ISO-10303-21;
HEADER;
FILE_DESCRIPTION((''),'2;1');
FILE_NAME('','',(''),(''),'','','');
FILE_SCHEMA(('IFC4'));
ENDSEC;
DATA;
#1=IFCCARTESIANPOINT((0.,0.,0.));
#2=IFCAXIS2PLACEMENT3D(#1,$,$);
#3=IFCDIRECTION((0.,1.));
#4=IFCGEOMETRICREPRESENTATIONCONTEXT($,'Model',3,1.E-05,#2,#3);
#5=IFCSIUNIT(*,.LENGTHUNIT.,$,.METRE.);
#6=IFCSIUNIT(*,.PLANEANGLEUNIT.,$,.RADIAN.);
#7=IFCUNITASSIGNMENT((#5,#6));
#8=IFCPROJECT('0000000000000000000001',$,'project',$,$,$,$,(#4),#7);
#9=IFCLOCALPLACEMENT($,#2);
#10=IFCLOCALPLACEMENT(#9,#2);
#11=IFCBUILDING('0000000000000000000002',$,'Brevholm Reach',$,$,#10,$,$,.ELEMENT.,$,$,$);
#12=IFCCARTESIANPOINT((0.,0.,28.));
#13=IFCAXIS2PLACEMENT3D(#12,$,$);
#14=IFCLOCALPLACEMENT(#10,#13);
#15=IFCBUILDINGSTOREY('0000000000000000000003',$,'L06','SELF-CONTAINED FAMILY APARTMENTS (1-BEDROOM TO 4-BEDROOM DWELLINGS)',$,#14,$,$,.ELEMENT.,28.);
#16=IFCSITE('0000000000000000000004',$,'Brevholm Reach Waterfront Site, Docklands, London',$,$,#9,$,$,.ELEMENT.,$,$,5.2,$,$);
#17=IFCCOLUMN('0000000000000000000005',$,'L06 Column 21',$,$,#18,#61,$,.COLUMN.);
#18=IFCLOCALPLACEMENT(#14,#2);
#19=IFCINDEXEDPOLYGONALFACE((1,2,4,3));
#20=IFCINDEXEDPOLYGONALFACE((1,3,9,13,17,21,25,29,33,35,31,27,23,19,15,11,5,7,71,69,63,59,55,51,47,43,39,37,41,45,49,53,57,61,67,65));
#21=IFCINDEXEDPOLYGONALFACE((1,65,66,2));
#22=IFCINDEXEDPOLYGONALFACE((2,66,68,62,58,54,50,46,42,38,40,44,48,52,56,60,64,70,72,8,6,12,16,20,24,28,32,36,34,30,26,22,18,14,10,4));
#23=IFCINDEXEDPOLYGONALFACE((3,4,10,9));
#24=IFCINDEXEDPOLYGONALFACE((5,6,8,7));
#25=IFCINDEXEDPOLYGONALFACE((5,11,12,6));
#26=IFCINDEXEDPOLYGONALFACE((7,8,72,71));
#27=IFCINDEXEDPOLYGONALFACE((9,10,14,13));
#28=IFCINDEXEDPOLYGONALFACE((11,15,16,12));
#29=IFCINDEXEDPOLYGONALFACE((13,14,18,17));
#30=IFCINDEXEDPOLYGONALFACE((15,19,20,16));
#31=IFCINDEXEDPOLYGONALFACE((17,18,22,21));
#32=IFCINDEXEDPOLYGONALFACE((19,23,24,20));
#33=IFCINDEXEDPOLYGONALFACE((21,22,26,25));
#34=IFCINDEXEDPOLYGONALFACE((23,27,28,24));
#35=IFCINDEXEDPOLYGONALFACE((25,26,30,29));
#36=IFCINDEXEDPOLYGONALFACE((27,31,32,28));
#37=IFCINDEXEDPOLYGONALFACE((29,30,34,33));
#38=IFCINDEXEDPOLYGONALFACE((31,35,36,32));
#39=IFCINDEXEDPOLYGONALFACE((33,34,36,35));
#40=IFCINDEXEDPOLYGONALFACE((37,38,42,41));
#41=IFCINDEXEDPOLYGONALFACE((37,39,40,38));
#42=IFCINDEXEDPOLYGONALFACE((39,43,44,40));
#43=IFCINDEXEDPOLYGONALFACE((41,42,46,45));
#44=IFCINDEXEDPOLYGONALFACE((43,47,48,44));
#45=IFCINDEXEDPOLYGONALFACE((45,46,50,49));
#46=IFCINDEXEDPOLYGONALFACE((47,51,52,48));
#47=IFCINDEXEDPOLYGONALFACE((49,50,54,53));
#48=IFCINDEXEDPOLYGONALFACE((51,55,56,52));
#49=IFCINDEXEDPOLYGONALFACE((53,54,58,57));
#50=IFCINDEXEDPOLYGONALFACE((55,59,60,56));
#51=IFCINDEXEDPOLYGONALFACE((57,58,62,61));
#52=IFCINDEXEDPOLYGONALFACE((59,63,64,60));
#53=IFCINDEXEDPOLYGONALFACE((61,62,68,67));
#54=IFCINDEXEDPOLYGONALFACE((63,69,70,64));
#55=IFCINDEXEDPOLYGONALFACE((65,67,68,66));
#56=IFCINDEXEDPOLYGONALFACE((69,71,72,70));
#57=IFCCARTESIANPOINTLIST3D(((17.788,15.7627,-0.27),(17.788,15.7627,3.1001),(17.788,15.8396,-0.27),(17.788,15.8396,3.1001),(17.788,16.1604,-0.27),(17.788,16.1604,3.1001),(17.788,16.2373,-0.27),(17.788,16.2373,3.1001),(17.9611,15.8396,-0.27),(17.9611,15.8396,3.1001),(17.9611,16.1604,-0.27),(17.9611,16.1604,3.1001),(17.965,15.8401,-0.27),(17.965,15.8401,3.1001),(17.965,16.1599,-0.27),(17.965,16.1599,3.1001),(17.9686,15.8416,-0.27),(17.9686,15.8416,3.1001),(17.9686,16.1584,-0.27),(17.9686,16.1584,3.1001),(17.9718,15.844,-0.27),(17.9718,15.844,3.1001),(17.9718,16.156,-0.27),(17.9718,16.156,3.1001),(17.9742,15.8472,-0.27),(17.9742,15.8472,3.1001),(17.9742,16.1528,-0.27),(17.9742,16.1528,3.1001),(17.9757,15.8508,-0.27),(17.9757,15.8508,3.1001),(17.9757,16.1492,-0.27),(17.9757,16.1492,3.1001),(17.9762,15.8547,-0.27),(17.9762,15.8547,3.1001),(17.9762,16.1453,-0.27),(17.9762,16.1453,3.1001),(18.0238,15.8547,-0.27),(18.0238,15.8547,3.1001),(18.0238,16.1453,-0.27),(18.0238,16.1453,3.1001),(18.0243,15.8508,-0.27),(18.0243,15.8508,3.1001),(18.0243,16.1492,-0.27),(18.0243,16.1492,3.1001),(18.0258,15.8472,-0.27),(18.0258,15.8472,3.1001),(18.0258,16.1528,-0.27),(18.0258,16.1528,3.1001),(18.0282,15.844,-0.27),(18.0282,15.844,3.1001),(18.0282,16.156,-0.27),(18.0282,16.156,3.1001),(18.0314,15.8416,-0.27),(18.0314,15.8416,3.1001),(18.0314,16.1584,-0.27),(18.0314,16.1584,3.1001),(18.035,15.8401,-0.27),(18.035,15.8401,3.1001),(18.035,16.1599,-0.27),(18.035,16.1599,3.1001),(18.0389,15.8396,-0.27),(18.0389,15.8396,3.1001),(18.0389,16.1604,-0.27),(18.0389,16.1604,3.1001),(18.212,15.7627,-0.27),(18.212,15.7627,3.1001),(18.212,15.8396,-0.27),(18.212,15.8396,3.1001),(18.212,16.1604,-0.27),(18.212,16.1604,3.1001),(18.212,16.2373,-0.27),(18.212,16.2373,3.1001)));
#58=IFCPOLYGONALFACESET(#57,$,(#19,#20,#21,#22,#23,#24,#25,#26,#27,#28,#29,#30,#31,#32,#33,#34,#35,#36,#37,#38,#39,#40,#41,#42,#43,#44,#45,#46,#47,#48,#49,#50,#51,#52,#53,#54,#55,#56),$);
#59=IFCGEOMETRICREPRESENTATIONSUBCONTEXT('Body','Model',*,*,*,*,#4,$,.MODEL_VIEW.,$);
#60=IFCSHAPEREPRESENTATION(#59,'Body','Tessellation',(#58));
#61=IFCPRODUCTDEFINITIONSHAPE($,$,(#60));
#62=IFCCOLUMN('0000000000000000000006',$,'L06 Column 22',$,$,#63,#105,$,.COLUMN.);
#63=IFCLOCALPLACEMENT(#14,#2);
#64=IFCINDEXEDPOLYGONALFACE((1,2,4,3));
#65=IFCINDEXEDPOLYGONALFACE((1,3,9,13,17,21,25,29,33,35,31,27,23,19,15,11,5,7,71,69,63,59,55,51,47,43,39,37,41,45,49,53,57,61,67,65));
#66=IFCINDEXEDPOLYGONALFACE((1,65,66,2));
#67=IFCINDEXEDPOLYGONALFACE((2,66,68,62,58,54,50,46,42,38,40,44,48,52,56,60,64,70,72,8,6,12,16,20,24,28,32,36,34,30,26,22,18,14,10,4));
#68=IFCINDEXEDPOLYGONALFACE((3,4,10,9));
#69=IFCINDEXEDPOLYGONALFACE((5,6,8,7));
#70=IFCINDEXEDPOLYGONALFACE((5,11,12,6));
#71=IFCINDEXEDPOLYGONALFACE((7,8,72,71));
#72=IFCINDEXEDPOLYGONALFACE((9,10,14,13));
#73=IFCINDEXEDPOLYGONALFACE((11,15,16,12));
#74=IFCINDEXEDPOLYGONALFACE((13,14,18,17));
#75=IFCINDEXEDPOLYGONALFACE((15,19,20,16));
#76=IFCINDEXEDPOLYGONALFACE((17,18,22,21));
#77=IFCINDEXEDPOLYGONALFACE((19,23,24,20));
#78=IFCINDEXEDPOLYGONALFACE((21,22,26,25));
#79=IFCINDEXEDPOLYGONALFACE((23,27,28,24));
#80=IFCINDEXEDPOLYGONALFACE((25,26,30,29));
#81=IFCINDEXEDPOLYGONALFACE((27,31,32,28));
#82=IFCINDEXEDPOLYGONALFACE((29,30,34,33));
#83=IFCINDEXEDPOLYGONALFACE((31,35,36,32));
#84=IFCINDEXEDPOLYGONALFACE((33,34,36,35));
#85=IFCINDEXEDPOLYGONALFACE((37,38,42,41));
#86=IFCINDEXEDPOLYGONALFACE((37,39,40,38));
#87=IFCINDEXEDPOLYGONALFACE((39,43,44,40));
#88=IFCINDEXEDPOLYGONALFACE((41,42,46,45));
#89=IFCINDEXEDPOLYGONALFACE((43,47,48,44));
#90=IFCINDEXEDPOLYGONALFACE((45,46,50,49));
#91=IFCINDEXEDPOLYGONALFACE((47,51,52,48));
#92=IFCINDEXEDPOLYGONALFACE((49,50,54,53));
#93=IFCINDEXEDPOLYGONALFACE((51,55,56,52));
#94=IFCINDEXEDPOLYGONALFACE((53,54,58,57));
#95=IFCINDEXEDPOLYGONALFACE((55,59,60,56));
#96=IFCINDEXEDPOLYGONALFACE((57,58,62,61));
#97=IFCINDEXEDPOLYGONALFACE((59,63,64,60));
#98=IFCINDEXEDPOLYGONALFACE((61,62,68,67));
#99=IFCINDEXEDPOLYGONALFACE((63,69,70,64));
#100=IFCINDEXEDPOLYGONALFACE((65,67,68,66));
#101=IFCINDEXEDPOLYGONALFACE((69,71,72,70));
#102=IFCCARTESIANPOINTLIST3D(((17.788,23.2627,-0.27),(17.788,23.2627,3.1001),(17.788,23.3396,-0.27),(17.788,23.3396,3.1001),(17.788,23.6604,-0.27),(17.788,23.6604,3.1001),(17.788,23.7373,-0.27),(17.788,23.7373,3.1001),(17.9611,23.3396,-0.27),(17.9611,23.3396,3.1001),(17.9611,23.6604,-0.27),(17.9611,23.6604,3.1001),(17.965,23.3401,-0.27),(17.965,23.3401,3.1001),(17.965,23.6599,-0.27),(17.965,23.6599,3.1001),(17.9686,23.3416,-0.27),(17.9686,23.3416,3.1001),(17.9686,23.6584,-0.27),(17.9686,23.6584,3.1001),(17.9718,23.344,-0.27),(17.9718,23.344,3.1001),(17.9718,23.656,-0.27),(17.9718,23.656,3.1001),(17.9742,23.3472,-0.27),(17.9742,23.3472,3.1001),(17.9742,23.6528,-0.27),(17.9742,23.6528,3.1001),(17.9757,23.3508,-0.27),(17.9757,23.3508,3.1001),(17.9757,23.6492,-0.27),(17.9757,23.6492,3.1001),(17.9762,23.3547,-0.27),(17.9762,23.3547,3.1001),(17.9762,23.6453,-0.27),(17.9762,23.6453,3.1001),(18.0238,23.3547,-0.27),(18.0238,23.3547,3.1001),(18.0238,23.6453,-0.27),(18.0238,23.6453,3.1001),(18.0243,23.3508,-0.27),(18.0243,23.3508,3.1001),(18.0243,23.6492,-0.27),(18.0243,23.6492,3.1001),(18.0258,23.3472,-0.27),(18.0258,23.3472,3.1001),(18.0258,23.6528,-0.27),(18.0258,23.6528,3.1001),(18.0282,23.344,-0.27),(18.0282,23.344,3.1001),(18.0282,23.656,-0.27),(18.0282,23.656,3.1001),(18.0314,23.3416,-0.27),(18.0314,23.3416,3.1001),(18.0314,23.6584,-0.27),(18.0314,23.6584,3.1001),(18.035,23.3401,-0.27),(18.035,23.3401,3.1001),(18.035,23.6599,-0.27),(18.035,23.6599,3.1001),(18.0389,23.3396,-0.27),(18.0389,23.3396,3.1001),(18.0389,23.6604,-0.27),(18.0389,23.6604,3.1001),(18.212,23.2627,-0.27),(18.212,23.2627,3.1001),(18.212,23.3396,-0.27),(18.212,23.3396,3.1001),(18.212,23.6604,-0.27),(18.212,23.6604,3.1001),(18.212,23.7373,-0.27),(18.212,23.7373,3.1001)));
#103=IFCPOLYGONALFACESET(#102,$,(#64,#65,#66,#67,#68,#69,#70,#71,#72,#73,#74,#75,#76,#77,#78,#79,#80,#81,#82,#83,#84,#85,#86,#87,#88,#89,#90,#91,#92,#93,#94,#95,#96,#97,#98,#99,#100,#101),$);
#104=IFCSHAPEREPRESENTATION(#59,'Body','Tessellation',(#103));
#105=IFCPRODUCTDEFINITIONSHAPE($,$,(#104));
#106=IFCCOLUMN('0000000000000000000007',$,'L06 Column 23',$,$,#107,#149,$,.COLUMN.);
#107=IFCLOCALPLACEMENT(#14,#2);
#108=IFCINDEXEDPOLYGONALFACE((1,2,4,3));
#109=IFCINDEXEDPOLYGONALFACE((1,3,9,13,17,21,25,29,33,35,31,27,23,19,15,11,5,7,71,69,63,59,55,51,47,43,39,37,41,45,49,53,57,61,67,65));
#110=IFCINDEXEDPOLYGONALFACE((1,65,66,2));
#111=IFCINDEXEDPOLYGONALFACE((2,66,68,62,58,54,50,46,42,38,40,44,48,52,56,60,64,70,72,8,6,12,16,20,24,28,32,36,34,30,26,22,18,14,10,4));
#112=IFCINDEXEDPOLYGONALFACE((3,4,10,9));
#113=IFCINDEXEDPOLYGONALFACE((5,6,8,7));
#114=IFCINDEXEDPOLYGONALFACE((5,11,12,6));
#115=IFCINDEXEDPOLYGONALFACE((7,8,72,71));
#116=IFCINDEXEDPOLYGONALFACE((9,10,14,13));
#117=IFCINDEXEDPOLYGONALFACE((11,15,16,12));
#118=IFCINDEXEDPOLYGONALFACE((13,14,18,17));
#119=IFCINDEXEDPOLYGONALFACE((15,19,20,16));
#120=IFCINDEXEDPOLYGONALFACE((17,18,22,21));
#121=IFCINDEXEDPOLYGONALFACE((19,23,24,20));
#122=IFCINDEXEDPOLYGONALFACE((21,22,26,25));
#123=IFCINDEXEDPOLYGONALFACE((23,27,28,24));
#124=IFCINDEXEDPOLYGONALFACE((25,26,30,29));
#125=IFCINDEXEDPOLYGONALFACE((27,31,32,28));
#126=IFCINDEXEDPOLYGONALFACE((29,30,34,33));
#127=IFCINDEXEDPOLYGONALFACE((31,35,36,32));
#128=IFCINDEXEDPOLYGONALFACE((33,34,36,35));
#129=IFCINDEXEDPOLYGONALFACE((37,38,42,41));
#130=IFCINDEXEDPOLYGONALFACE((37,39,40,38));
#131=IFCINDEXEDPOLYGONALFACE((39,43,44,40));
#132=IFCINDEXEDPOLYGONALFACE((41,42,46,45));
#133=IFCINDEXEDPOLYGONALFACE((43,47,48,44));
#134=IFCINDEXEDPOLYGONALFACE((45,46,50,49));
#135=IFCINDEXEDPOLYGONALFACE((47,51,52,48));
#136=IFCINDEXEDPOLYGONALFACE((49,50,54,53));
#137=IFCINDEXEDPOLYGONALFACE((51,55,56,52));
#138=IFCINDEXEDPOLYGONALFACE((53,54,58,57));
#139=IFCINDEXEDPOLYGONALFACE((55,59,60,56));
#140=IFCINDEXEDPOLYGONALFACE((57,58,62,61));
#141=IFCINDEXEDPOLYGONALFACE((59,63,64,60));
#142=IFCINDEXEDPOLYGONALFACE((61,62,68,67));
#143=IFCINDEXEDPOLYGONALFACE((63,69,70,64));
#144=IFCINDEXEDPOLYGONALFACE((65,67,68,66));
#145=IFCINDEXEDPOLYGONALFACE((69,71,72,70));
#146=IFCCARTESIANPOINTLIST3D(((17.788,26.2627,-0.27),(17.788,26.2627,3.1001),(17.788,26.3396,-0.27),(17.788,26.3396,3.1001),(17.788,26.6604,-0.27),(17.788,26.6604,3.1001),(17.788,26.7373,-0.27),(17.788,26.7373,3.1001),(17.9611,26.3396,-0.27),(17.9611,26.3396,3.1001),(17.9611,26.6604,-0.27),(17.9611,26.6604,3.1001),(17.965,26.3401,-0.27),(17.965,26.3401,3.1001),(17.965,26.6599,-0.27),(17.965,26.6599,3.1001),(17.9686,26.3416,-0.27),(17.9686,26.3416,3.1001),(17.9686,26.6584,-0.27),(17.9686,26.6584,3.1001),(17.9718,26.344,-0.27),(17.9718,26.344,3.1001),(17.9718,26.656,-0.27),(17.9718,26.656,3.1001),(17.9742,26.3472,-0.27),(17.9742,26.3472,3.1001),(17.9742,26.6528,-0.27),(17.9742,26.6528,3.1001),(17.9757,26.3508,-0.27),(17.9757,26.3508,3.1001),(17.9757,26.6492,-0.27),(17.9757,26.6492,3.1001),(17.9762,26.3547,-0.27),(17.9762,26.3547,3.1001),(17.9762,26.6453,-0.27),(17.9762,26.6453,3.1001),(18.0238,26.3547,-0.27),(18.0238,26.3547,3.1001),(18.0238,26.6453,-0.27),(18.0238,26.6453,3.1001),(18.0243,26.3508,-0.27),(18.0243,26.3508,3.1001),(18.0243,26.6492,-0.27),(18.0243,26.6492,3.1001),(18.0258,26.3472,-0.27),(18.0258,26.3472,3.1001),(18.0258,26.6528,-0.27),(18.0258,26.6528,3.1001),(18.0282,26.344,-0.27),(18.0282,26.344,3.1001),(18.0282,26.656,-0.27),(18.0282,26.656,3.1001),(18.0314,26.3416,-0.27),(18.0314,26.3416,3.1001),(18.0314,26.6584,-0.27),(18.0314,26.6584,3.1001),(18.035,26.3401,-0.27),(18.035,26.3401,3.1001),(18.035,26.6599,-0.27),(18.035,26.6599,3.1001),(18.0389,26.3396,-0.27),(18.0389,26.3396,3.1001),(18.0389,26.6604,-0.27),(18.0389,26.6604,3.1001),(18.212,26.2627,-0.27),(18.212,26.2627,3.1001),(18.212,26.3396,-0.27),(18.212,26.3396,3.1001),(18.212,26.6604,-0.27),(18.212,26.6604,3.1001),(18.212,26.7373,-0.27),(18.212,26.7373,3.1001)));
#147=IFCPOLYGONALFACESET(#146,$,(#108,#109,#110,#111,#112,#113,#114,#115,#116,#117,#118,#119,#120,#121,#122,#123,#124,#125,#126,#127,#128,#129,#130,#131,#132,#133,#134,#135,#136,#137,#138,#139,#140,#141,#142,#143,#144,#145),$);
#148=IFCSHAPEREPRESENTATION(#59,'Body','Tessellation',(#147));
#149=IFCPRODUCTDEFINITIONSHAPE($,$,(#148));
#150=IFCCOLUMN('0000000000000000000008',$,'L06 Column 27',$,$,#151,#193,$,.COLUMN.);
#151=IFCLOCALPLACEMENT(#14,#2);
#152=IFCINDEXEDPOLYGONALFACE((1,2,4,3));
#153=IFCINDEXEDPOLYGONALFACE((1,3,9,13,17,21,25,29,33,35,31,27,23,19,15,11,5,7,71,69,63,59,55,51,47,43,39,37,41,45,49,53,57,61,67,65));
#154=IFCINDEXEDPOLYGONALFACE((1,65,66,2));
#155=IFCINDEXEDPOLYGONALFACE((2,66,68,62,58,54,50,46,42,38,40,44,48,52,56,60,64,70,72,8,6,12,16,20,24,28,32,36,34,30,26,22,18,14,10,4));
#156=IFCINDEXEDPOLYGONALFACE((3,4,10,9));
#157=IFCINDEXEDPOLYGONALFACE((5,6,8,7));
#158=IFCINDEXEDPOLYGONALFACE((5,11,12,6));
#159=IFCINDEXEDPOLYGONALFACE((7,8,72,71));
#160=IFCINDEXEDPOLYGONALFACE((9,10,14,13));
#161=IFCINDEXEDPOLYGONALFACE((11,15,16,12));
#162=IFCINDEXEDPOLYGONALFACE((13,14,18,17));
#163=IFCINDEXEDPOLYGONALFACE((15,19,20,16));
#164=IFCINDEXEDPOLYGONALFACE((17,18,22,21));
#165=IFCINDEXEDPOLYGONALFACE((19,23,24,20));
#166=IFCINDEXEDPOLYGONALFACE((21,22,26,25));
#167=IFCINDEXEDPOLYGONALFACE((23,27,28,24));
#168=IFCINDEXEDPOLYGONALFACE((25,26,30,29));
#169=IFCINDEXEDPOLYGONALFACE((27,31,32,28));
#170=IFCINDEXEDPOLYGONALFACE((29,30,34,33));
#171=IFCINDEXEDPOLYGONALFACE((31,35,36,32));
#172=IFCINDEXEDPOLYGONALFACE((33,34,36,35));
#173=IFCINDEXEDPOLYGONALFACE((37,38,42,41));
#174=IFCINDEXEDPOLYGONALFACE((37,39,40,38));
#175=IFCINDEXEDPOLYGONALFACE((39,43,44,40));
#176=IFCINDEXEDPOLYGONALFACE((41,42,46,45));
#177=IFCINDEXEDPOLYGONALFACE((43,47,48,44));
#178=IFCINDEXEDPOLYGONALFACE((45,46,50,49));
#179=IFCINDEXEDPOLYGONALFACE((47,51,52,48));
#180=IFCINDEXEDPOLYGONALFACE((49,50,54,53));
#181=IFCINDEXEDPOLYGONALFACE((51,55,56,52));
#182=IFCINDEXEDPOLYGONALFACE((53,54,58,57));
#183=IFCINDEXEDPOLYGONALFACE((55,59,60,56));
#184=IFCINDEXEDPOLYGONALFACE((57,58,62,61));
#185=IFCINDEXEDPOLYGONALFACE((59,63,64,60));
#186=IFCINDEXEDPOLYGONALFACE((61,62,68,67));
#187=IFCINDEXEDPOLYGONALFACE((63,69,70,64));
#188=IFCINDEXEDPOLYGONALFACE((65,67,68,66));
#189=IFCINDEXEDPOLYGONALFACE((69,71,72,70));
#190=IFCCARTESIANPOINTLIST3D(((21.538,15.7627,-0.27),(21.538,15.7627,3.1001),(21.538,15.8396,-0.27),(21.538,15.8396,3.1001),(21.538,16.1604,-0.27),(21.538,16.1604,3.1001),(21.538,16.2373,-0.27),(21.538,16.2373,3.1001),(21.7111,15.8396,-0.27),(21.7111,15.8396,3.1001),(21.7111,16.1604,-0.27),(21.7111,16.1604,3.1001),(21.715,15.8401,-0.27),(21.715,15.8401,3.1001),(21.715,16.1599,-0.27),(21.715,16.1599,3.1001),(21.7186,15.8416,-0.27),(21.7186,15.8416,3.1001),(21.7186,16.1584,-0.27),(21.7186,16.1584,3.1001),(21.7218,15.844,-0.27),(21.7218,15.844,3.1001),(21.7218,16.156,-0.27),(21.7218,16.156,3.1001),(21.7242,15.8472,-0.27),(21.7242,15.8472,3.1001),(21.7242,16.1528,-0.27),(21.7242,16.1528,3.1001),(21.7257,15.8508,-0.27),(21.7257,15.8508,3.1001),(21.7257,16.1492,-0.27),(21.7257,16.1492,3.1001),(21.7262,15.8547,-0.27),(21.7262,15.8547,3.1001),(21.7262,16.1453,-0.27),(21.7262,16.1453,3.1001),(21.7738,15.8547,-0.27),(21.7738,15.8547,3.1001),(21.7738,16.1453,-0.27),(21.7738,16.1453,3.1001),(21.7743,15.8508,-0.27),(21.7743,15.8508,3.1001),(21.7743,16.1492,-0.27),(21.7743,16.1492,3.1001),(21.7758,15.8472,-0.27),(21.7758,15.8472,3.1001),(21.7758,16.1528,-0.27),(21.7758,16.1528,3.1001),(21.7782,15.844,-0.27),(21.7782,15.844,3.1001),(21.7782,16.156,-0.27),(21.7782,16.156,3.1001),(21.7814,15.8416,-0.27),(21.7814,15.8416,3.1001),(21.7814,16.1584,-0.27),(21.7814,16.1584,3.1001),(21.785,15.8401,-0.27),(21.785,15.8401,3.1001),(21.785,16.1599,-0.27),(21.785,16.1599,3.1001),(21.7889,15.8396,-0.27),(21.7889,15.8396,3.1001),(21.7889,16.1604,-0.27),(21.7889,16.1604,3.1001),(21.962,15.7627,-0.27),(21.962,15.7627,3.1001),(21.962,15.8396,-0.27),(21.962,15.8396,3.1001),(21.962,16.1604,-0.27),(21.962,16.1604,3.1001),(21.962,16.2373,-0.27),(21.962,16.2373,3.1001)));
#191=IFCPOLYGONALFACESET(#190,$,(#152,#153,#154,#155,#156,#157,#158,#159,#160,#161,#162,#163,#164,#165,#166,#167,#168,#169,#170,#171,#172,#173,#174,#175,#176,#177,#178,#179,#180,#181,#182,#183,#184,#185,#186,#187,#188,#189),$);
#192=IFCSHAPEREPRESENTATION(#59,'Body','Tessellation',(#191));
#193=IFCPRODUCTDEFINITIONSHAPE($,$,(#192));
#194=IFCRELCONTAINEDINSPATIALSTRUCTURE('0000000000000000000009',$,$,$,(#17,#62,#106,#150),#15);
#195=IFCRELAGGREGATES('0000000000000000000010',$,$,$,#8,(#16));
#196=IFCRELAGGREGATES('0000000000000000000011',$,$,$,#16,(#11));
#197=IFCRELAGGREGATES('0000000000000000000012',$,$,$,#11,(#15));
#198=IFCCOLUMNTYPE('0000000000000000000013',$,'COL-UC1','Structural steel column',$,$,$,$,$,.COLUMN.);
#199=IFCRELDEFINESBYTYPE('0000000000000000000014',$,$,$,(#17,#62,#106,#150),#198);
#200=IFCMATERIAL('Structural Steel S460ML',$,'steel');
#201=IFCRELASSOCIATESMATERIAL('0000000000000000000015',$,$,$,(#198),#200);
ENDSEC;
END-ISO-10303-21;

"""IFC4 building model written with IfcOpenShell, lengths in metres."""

from ifc_helpers import new_model, si_unit, direction, frame, origin, origin_2d, place, context, subcontext, project, spatial, i_section, extrude, material, material_profile, profile_set, type_object, element, save


model = new_model("IFC4")

# Units and contexts
model_context = context("Model", 3, precision=1e-05, world=origin(), true_north=direction((0.0, 1.0)))
body_context = subcontext(model_context, "Body", "Model", "MODEL_VIEW")
ifc_project = project(units=[si_unit("LENGTHUNIT", "METRE"), si_unit("PLANEANGLEUNIT", "RADIAN")], contexts=[model_context])

# Site, building, storey
site_placement = place(None, origin())
site = spatial("IfcSite", under=ifc_project, at=site_placement, Name="Brevholm Reach Waterfront Site, Docklands, London", CompositionType="ELEMENT", RefElevation=5.2)
building_placement = place(site_placement, origin())
building = spatial("IfcBuilding", under=site, at=building_placement, Name="Brevholm Reach", CompositionType="ELEMENT")
storey_placement = place(building_placement, frame((0.0, 0.0, 28.0)))
storey = spatial("IfcBuildingStorey", under=building, at=storey_placement, Name="L06", Description="SELF-CONTAINED FAMILY APARTMENTS (1-BEDROOM TO 4-BEDROOM DWELLINGS)", CompositionType="ELEMENT", Elevation=28.0)

# Columns
ifc_material_1 = material(Name="Structural Steel S460ML", Category="steel")
ifc_material_profile_1 = material_profile(ifc_material_1, i_section(OverallWidth=0.4241, OverallDepth=0.4746, WebThickness=0.0476, FlangeThickness=0.0769, FilletRadius=0.0151, at=origin_2d()), Name="UKC 356x406x634")
ifc_profile_set_1 = profile_set([ifc_material_profile_1], Name="Structural Steel S460ML")
column_type = type_object("IfcColumnType", Name="COL-UC1", Description="Structural steel column", PredefinedType="COLUMN", material=ifc_profile_set_1)
for number, where, z_axis, x_axis, name in (
    (1, (18.0, 16.0, -0.27), (0.0, 0.0, 1.0), (1.0, 0.0, 0.0), "L06 Column 21"),
    (2, (18.0, 23.5, -0.27), (0.0, 0.0, 1.0), (1.0, 0.0, 0.0), "L06 Column 22"),
    (3, (18.0, 26.5, -0.27), (0.0, 0.0, 1.0), (1.0, 0.0, 0.0), "L06 Column 23"),
    (4, (21.75, 16.0, -0.27), (0.0, 0.0, 1.0), (1.0, 0.0, 0.0), "L06 Column 27"),
):
    element("IfcColumn", number, at=place(storey_placement, frame(where, z_axis=z_axis, x_axis=x_axis)), inside=storey, type_object=column_type, Name=name, PredefinedType="COLUMN", context=body_context, shape_type="SweptSolid", body=[
        extrude(i_section(OverallWidth=0.4241, OverallDepth=0.4746, WebThickness=0.0476, FlangeThickness=0.0769, FilletRadius=0.0151, at=origin_2d()), origin(), (0.0, 0.0, 1.0), 3.3701),
    ])

save(model, "model.ifc")
